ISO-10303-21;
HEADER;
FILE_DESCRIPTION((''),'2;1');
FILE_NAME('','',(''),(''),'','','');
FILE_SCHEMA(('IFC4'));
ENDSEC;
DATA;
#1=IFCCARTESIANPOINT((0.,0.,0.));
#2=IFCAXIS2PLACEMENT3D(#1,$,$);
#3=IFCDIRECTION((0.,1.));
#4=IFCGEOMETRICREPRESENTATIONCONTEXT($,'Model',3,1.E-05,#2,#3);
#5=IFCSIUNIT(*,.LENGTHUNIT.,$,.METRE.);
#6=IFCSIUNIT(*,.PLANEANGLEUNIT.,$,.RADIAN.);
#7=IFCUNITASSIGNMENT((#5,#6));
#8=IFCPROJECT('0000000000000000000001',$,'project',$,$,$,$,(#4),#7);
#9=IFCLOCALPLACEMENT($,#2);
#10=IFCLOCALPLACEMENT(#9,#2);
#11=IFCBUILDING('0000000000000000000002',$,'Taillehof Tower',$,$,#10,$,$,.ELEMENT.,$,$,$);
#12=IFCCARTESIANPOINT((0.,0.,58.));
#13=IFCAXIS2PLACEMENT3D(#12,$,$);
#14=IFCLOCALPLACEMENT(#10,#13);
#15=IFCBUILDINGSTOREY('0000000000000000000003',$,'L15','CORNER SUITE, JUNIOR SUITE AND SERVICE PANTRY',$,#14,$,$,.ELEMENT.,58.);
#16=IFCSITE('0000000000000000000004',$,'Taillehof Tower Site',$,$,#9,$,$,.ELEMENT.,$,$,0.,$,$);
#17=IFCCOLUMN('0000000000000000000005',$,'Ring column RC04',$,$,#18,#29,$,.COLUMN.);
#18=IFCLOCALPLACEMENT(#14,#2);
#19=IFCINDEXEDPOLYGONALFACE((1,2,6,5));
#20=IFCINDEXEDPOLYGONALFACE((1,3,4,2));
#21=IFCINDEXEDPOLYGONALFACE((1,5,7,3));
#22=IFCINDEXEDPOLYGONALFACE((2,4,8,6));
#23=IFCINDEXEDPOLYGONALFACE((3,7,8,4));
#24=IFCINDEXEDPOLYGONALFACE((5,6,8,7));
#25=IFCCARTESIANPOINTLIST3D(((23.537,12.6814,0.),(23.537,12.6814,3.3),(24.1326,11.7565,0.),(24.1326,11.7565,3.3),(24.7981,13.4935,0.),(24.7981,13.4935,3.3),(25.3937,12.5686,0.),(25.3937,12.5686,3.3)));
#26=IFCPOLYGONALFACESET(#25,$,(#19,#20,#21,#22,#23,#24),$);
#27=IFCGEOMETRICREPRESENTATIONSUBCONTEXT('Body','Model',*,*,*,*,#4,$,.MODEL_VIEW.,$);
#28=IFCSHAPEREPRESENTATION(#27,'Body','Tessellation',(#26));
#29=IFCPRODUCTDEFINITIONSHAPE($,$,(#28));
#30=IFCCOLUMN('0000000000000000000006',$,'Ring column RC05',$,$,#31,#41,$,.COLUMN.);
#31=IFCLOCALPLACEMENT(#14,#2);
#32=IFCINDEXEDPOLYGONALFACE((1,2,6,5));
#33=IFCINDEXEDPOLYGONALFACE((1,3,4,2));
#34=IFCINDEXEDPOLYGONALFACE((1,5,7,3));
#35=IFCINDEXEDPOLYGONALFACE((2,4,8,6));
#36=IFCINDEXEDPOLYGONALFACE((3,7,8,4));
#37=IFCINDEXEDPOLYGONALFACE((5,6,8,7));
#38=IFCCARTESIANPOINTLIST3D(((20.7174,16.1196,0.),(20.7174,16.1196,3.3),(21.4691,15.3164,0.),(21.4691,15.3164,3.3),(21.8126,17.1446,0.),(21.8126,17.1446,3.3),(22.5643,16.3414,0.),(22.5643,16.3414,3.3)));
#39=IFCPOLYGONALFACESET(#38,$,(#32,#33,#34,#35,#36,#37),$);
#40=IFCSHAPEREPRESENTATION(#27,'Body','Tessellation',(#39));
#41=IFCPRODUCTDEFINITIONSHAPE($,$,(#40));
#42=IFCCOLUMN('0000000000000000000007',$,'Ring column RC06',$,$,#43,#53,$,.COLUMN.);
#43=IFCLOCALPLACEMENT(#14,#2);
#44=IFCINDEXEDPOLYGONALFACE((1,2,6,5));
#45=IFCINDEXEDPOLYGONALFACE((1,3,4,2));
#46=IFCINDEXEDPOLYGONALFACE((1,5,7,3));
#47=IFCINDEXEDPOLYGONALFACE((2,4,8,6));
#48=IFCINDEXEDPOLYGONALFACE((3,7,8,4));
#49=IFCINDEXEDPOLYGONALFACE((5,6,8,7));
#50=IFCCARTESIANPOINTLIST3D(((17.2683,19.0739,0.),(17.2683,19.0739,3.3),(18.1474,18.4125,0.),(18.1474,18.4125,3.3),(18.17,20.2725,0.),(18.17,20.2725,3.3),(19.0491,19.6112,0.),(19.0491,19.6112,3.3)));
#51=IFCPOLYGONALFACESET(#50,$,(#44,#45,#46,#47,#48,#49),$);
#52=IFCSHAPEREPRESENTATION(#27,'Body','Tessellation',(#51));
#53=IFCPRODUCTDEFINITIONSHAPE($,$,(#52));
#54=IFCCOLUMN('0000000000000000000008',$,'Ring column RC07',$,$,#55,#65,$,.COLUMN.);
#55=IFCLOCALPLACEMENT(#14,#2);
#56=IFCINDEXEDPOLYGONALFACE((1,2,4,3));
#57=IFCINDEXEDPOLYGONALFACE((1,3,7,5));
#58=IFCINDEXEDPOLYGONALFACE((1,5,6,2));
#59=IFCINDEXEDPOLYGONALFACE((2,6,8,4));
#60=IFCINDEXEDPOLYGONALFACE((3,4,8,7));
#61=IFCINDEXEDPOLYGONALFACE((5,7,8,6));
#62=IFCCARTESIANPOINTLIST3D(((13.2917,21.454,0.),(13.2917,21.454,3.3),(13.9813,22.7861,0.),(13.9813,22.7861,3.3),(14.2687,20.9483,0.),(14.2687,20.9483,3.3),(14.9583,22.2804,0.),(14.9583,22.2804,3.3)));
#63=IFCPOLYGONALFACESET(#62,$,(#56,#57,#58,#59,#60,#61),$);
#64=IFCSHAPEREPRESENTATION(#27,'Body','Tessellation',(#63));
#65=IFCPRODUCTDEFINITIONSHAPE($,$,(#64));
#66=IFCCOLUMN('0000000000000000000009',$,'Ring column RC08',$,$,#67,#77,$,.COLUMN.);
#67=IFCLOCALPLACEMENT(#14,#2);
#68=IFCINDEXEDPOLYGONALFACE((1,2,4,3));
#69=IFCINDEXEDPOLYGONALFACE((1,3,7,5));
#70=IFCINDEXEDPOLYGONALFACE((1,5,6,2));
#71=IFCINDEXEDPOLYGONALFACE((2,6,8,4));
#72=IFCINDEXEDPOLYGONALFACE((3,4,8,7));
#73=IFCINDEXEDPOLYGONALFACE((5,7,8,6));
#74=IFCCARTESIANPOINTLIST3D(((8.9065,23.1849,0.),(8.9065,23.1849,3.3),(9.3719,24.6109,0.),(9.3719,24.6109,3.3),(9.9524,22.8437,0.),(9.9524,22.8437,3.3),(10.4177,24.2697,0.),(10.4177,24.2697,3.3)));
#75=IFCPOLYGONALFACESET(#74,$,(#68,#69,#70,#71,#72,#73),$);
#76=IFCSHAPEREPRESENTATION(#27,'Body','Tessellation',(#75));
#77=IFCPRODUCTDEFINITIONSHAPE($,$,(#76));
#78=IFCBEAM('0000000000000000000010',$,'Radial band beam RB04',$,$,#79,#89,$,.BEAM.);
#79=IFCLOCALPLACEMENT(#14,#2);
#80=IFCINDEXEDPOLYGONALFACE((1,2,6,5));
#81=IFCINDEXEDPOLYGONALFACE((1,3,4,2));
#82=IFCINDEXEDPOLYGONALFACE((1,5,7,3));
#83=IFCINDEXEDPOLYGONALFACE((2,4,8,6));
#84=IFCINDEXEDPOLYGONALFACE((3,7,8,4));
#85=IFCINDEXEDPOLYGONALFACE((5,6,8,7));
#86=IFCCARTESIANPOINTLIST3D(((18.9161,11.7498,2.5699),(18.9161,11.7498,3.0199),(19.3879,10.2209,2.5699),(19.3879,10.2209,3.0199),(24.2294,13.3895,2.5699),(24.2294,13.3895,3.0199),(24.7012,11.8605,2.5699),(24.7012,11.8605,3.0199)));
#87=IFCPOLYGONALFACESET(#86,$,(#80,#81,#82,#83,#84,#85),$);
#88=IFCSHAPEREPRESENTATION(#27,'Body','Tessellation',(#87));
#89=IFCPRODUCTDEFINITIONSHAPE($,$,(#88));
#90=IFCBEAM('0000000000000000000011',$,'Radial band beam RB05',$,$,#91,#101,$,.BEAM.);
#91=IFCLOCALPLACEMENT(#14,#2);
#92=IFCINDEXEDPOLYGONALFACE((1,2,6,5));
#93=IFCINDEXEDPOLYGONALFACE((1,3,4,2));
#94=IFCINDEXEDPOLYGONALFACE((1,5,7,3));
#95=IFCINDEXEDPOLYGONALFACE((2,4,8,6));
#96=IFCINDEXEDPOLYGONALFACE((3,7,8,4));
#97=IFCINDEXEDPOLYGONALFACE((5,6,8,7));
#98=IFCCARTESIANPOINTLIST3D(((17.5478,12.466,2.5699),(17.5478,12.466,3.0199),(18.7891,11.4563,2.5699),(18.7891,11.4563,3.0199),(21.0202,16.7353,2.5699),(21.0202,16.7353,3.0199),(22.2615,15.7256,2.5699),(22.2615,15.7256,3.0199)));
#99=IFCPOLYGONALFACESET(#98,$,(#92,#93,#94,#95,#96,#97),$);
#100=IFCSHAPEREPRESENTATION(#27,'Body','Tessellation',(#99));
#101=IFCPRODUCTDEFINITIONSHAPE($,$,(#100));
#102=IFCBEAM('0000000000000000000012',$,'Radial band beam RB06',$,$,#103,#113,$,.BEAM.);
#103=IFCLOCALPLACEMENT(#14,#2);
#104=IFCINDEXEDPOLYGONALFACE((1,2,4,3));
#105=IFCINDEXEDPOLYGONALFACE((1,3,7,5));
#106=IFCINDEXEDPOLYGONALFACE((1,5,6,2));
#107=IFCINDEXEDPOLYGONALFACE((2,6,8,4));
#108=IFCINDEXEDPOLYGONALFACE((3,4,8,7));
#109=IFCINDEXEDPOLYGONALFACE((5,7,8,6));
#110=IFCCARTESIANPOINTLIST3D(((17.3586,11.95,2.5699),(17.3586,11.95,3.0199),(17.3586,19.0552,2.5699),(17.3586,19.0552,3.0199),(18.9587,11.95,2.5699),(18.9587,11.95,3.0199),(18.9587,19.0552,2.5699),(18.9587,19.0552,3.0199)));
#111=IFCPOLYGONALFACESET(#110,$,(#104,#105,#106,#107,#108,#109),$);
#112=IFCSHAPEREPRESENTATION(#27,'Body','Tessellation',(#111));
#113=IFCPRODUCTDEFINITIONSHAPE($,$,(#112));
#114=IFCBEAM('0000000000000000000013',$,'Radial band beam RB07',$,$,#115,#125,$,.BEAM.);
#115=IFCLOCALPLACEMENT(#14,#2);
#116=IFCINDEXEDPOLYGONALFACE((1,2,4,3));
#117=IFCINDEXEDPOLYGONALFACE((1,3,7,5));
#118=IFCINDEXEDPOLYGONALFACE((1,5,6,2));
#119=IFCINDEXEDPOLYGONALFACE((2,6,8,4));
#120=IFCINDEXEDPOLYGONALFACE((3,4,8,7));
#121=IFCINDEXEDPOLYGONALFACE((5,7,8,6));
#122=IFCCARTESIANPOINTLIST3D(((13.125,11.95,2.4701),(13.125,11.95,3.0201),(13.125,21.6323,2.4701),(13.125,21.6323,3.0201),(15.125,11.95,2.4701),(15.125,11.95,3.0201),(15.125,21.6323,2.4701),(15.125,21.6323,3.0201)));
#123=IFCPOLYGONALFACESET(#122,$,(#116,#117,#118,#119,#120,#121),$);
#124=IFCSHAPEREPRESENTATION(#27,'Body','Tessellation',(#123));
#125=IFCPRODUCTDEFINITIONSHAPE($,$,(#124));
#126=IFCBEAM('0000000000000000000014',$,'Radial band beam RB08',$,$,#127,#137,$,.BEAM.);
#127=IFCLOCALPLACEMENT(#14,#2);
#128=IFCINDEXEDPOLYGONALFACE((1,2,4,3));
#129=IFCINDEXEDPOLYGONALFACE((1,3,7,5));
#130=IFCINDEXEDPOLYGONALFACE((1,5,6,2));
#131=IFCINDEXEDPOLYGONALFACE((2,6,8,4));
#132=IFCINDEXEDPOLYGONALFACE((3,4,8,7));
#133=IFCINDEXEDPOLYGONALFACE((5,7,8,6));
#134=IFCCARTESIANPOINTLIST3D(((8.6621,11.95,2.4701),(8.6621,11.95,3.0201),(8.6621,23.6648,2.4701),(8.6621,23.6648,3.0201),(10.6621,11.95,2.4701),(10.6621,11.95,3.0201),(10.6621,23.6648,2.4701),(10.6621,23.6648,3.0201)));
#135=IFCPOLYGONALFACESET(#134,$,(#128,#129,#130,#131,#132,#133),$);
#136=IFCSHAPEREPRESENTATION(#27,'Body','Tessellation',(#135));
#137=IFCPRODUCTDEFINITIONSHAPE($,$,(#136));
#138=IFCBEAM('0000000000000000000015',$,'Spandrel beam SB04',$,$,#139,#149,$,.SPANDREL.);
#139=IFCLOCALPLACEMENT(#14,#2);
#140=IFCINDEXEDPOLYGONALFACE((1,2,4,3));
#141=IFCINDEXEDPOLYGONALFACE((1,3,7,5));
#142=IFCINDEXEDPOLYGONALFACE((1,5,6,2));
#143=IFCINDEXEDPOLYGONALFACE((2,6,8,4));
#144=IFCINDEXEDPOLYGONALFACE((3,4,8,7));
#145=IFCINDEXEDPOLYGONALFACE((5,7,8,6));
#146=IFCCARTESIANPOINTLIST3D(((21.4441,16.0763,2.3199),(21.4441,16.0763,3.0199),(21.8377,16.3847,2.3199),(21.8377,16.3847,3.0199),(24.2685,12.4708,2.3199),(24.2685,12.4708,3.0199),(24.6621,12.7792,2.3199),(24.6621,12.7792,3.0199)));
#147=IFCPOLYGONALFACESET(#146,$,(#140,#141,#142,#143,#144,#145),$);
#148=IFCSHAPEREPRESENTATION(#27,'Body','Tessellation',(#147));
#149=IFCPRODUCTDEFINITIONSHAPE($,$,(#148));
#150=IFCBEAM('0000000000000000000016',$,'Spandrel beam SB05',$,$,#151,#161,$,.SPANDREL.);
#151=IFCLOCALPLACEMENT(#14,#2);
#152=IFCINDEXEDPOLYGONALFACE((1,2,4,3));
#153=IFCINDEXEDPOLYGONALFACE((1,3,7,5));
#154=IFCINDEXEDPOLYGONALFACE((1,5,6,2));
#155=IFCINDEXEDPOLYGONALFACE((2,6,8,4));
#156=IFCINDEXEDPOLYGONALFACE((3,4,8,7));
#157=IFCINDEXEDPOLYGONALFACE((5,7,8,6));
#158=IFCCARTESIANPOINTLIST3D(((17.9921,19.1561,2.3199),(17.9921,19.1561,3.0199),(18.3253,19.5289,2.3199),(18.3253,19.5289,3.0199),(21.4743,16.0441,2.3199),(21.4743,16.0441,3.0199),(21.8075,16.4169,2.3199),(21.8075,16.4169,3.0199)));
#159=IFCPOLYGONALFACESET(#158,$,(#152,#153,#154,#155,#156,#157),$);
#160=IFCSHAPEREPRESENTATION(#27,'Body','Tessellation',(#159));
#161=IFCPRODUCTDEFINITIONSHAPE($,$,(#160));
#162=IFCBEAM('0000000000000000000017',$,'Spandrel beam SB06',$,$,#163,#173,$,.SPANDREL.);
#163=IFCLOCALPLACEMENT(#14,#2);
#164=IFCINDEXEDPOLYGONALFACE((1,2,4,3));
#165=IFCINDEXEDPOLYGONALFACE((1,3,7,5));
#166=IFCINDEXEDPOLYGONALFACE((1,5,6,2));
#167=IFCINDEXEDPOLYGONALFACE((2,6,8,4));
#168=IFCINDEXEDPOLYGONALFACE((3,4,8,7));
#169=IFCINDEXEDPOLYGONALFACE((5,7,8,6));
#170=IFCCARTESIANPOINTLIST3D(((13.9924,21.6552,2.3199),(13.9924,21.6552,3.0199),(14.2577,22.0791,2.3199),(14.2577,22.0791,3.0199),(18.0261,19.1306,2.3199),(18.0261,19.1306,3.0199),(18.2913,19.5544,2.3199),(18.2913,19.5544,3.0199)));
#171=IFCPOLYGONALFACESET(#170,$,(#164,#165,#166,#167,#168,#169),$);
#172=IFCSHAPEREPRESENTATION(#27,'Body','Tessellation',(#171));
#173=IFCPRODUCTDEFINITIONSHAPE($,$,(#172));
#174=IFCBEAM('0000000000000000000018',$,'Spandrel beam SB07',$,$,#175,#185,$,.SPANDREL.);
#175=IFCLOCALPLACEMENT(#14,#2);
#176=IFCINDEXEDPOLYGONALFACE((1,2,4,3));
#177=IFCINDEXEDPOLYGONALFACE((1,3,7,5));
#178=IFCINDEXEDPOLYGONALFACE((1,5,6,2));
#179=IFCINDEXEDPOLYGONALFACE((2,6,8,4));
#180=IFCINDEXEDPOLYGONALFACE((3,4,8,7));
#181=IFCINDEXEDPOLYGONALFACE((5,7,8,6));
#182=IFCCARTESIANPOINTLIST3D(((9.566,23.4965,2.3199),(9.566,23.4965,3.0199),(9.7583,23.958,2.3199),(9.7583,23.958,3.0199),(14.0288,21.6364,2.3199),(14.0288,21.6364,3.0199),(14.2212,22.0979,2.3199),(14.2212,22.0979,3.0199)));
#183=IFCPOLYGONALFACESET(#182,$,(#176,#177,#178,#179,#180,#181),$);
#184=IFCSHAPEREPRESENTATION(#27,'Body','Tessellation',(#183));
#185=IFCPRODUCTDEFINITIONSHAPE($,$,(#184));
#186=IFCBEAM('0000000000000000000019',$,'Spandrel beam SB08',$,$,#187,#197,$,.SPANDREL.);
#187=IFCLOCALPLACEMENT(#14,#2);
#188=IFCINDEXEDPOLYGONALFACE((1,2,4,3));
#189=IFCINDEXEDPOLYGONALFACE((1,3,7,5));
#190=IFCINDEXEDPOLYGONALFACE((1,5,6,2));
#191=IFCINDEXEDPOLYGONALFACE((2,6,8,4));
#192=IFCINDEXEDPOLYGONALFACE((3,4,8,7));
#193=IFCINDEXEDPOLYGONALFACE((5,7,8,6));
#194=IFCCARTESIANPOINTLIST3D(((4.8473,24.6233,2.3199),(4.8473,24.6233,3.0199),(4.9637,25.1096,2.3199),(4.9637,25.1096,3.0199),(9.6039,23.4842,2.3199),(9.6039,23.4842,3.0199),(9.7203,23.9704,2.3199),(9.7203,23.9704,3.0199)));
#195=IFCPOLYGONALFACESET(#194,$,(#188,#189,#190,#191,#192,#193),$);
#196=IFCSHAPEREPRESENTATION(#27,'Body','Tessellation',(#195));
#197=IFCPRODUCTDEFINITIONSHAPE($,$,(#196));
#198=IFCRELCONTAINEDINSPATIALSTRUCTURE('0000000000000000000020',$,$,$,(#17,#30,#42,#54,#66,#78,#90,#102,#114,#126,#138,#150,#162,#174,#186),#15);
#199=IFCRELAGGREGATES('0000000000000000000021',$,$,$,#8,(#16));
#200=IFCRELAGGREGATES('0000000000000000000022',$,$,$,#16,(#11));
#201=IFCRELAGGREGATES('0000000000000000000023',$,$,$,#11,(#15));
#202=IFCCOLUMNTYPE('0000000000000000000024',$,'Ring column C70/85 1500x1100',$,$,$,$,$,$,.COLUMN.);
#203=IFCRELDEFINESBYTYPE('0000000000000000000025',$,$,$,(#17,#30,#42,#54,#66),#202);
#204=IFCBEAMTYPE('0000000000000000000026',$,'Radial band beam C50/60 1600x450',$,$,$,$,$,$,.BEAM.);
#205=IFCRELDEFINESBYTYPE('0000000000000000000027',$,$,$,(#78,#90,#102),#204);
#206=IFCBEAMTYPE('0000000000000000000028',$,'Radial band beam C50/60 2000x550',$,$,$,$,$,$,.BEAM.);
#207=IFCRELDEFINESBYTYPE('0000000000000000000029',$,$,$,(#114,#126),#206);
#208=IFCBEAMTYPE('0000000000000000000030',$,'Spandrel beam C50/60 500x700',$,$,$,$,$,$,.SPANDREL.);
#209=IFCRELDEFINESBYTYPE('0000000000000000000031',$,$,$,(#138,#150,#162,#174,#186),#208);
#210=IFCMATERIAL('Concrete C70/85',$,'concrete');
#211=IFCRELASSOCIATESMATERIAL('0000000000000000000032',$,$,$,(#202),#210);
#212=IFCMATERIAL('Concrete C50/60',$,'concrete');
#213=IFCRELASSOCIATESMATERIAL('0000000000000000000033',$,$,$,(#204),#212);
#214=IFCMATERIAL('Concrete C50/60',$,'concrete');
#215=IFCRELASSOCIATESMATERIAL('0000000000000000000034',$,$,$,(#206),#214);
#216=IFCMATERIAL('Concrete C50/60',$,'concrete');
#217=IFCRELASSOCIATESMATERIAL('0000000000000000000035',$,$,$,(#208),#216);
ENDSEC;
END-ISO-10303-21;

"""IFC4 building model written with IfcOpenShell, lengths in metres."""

from ifc_helpers import new_model, si_unit, direction, frame, origin, origin_2d, place, context, subcontext, project, spatial, rectangle, extrude, material, material_profile, profile_set, type_object, element, save


model = new_model("IFC4")

# Units and contexts
model_context = context("Model", 3, precision=1e-05, world=origin(), true_north=direction((0.0, 1.0)))
body_context = subcontext(model_context, "Body", "Model", "MODEL_VIEW")
ifc_project = project(units=[si_unit("LENGTHUNIT", "METRE"), si_unit("PLANEANGLEUNIT", "RADIAN")], contexts=[model_context])

# Site, building, storey
site_placement = place(None, origin())
site = spatial("IfcSite", under=ifc_project, at=site_placement, Name="Taillehof Tower Site", CompositionType="ELEMENT", RefElevation=0.0)
building_placement = place(site_placement, origin())
building = spatial("IfcBuilding", under=site, at=building_placement, Name="Taillehof Tower", CompositionType="ELEMENT")
storey_placement = place(building_placement, frame((0.0, 0.0, 58.0)))
storey = spatial("IfcBuildingStorey", under=building, at=storey_placement, Name="L15", Description="CORNER SUITE, JUNIOR SUITE AND SERVICE PANTRY", CompositionType="ELEMENT", Elevation=58.0)

# Columns
ifc_material_1 = material(Name="Concrete C70/85", Category="concrete")
ifc_material_profile_1 = material_profile(ifc_material_1, rectangle(XDim=1.5, YDim=1.1001, at=origin_2d()), Name="RC 1500x1100")
ifc_profile_set_1 = profile_set([ifc_material_profile_1], Name="Concrete C70/85")
column_type = type_object("IfcColumnType", Name="Ring column C70/85 1500x1100", PredefinedType="COLUMN", material=ifc_profile_set_1)
for number, where, z_axis, x_axis, name in (
    (1, (24.4653, 12.625, 0.0), (0.0, 0.0, 1.0), (0.840754, 0.541418, 0.0), "Ring column RC04"),
    (2, (21.6409, 16.2305, 0.0), (0.0, 0.0, 1.0), (0.730113, 0.683326, 0.0), "Ring column RC05"),
    (3, (18.1587, 19.3425, 0.0), (0.0, 0.0, 1.0), (0.601174, 0.799118, 0.0), "Ring column RC06"),
    (4, (14.125, 21.8672, 0.0), (0.0, 0.0, 1.0), (0.459691, 0.888079, 0.0), "Ring column RC07"),
    (5, (9.6621, 23.7273, 0.0), (0.0, 0.0, 1.0), (0.310219, 0.950665, 0.0), "Ring column RC08"),
):
    element("IfcColumn", number, at=place(storey_placement, frame(where, z_axis=z_axis, x_axis=x_axis)), inside=storey, type_object=column_type, Name=name, PredefinedType="COLUMN", context=body_context, shape_type="SweptSolid", body=[
        extrude(rectangle(XDim=1.5, YDim=1.1001, at=origin_2d()), origin(), (0.0, 0.0, 1.0), 3.3),
    ])

# Beams
ifc_material_2 = material(Name="Concrete C50/60", Category="concrete")
ifc_material_profile_2 = material_profile(ifc_material_2, rectangle(XDim=1.6001, YDim=0.45, at=origin_2d()), Name="RC 1600x450")
ifc_profile_set_2 = profile_set([ifc_material_profile_2], Name="Concrete C50/60")
beam_type_1 = type_object("IfcBeamType", Name="Radial band beam C50/60 1600x450", PredefinedType="BEAM", material=ifc_profile_set_2)
beam_1_placement = place(storey_placement, frame((24.4653, 12.625, 2.7949), z_axis=(-0.955536, -0.294876, 0.0), x_axis=(0.294876, -0.955536, 0.0)))
element("IfcBeam", 6, at=beam_1_placement, inside=storey, type_object=beam_type_1, Name="Radial band beam RB04", PredefinedType="BEAM", context=body_context, shape_type="SweptSolid", body=[
    extrude(rectangle(XDim=1.6001, YDim=0.45, at=origin_2d()), origin(), (0.0, 0.0, 1.0), 5.5605),
])
beam_2_placement = place(storey_placement, frame((21.6409, 16.2305, 2.7949), z_axis=(-0.630988, -0.775792, 0.0), x_axis=(0.775792, -0.630988, 0.0)))
element("IfcBeam", 7, at=beam_2_placement, inside=storey, type_object=beam_type_1, Name="Radial band beam RB05", PredefinedType="BEAM", context=body_context, shape_type="SweptSolid", body=[
    extrude(rectangle(XDim=1.6001, YDim=0.45, at=origin_2d()), origin(), (0.0, 0.0, 1.0), 5.5032),
])
beam_3_placement = place(storey_placement, frame((18.1587, 19.0552, 2.7949), z_axis=(0.0, -1.0, 0.0), x_axis=(1.0, 0.0, 0.0)))
element("IfcBeam", 8, at=beam_3_placement, inside=storey, type_object=beam_type_1, Name="Radial band beam RB06", PredefinedType="BEAM", context=body_context, shape_type="SweptSolid", body=[
    extrude(rectangle(XDim=1.6001, YDim=0.45, at=origin_2d()), origin(), (0.0, 0.0, 1.0), 7.1052),
])
ifc_material_3 = material(Name="Concrete C50/60", Category="concrete")
ifc_material_profile_3 = material_profile(ifc_material_3, rectangle(XDim=2.0, YDim=0.55, at=origin_2d()), Name="RC 2000x550")
ifc_profile_set_3 = profile_set([ifc_material_profile_3], Name="Concrete C50/60")
beam_type_2 = type_object("IfcBeamType", Name="Radial band beam C50/60 2000x550", PredefinedType="BEAM", material=ifc_profile_set_3)
beam_4_placement = place(storey_placement, frame((14.125, 21.6323, 2.7451), z_axis=(0.0, -1.0, 0.0), x_axis=(1.0, 0.0, 0.0)))
element("IfcBeam", 9, at=beam_4_placement, inside=storey, type_object=beam_type_2, Name="Radial band beam RB07", PredefinedType="BEAM", context=body_context, shape_type="SweptSolid", body=[
    extrude(rectangle(XDim=2.0, YDim=0.55, at=origin_2d()), origin(), (0.0, 0.0, 1.0), 9.6824),
])
beam_5_placement = place(storey_placement, frame((9.6621, 23.6648, 2.7451), z_axis=(0.0, -1.0, 0.0), x_axis=(1.0, 0.0, 0.0)))
element("IfcBeam", 10, at=beam_5_placement, inside=storey, type_object=beam_type_2, Name="Radial band beam RB08", PredefinedType="BEAM", context=body_context, shape_type="SweptSolid", body=[
    extrude(rectangle(XDim=2.0, YDim=0.55, at=origin_2d()), origin(), (0.0, 0.0, 1.0), 11.7148),
])
ifc_material_4 = material(Name="Concrete C50/60", Category="concrete")
ifc_material_profile_4 = material_profile(ifc_material_4, rectangle(XDim=0.5, YDim=0.7, at=origin_2d()), Name="RC 500x700")
ifc_profile_set_4 = profile_set([ifc_material_profile_4], Name="Concrete C50/60")
beam_type_3 = type_object("IfcBeamType", Name="Spandrel beam C50/60 500x700", PredefinedType="SPANDREL", material=ifc_profile_set_4)
beam_6_placement = place(storey_placement, frame((24.4653, 12.625, 2.6699), z_axis=(-0.616686, 0.787209, 0.0), x_axis=(-0.787209, -0.616686, 0.0)))
element("IfcBeam", 11, at=beam_6_placement, inside=storey, type_object=beam_type_3, Name="Spandrel beam SB04", PredefinedType="SPANDREL", context=body_context, shape_type="SweptSolid", body=[
    extrude(rectangle(XDim=0.5, YDim=0.7, at=origin_2d()), origin(), (0.0, 0.0, 1.0), 4.5801),
])
beam_7_placement = place(storey_placement, frame((21.6409, 16.2305, 2.6699), z_axis=(-0.745621, 0.66637, 0.0), x_axis=(-0.66637, -0.745621, 0.0)))
element("IfcBeam", 12, at=beam_7_placement, inside=storey, type_object=beam_type_3, Name="Spandrel beam SB05", PredefinedType="SPANDREL", context=body_context, shape_type="SweptSolid", body=[
    extrude(rectangle(XDim=0.5, YDim=0.7, at=origin_2d()), origin(), (0.0, 0.0, 1.0), 4.6702),
])
beam_8_placement = place(storey_placement, frame((18.1587, 19.3425, 2.6699), z_axis=(-0.847658, 0.530543, 0.0), x_axis=(-0.530543, -0.847658, 0.0)))
element("IfcBeam", 13, at=beam_8_placement, inside=storey, type_object=beam_type_3, Name="Spandrel beam SB06", PredefinedType="SPANDREL", context=body_context, shape_type="SweptSolid", body=[
    extrude(rectangle(XDim=0.5, YDim=0.7, at=origin_2d()), origin(), (0.0, 0.0, 1.0), 4.7585),
])
beam_9_placement = place(storey_placement, frame((14.125, 21.8672, 2.6699), z_axis=(-0.923035, 0.384716, 0.0), x_axis=(-0.384716, -0.923035, 0.0)))
element("IfcBeam", 14, at=beam_9_placement, inside=storey, type_object=beam_type_3, Name="Spandrel beam SB07", PredefinedType="SPANDREL", context=body_context, shape_type="SweptSolid", body=[
    extrude(rectangle(XDim=0.5, YDim=0.7, at=origin_2d()), origin(), (0.0, 0.0, 1.0), 4.835),
])
beam_10_placement = place(storey_placement, frame((9.6621, 23.7273, 2.6699), z_axis=(-0.9725, 0.232905, 0.0), x_axis=(-0.232905, -0.9725, 0.0)))
element("IfcBeam", 15, at=beam_10_placement, inside=storey, type_object=beam_type_3, Name="Spandrel beam SB08", PredefinedType="SPANDREL", context=body_context, shape_type="SweptSolid", body=[
    extrude(rectangle(XDim=0.5, YDim=0.7, at=origin_2d()), origin(), (0.0, 0.0, 1.0), 4.8911),
])

save(model, "model.ifc")
